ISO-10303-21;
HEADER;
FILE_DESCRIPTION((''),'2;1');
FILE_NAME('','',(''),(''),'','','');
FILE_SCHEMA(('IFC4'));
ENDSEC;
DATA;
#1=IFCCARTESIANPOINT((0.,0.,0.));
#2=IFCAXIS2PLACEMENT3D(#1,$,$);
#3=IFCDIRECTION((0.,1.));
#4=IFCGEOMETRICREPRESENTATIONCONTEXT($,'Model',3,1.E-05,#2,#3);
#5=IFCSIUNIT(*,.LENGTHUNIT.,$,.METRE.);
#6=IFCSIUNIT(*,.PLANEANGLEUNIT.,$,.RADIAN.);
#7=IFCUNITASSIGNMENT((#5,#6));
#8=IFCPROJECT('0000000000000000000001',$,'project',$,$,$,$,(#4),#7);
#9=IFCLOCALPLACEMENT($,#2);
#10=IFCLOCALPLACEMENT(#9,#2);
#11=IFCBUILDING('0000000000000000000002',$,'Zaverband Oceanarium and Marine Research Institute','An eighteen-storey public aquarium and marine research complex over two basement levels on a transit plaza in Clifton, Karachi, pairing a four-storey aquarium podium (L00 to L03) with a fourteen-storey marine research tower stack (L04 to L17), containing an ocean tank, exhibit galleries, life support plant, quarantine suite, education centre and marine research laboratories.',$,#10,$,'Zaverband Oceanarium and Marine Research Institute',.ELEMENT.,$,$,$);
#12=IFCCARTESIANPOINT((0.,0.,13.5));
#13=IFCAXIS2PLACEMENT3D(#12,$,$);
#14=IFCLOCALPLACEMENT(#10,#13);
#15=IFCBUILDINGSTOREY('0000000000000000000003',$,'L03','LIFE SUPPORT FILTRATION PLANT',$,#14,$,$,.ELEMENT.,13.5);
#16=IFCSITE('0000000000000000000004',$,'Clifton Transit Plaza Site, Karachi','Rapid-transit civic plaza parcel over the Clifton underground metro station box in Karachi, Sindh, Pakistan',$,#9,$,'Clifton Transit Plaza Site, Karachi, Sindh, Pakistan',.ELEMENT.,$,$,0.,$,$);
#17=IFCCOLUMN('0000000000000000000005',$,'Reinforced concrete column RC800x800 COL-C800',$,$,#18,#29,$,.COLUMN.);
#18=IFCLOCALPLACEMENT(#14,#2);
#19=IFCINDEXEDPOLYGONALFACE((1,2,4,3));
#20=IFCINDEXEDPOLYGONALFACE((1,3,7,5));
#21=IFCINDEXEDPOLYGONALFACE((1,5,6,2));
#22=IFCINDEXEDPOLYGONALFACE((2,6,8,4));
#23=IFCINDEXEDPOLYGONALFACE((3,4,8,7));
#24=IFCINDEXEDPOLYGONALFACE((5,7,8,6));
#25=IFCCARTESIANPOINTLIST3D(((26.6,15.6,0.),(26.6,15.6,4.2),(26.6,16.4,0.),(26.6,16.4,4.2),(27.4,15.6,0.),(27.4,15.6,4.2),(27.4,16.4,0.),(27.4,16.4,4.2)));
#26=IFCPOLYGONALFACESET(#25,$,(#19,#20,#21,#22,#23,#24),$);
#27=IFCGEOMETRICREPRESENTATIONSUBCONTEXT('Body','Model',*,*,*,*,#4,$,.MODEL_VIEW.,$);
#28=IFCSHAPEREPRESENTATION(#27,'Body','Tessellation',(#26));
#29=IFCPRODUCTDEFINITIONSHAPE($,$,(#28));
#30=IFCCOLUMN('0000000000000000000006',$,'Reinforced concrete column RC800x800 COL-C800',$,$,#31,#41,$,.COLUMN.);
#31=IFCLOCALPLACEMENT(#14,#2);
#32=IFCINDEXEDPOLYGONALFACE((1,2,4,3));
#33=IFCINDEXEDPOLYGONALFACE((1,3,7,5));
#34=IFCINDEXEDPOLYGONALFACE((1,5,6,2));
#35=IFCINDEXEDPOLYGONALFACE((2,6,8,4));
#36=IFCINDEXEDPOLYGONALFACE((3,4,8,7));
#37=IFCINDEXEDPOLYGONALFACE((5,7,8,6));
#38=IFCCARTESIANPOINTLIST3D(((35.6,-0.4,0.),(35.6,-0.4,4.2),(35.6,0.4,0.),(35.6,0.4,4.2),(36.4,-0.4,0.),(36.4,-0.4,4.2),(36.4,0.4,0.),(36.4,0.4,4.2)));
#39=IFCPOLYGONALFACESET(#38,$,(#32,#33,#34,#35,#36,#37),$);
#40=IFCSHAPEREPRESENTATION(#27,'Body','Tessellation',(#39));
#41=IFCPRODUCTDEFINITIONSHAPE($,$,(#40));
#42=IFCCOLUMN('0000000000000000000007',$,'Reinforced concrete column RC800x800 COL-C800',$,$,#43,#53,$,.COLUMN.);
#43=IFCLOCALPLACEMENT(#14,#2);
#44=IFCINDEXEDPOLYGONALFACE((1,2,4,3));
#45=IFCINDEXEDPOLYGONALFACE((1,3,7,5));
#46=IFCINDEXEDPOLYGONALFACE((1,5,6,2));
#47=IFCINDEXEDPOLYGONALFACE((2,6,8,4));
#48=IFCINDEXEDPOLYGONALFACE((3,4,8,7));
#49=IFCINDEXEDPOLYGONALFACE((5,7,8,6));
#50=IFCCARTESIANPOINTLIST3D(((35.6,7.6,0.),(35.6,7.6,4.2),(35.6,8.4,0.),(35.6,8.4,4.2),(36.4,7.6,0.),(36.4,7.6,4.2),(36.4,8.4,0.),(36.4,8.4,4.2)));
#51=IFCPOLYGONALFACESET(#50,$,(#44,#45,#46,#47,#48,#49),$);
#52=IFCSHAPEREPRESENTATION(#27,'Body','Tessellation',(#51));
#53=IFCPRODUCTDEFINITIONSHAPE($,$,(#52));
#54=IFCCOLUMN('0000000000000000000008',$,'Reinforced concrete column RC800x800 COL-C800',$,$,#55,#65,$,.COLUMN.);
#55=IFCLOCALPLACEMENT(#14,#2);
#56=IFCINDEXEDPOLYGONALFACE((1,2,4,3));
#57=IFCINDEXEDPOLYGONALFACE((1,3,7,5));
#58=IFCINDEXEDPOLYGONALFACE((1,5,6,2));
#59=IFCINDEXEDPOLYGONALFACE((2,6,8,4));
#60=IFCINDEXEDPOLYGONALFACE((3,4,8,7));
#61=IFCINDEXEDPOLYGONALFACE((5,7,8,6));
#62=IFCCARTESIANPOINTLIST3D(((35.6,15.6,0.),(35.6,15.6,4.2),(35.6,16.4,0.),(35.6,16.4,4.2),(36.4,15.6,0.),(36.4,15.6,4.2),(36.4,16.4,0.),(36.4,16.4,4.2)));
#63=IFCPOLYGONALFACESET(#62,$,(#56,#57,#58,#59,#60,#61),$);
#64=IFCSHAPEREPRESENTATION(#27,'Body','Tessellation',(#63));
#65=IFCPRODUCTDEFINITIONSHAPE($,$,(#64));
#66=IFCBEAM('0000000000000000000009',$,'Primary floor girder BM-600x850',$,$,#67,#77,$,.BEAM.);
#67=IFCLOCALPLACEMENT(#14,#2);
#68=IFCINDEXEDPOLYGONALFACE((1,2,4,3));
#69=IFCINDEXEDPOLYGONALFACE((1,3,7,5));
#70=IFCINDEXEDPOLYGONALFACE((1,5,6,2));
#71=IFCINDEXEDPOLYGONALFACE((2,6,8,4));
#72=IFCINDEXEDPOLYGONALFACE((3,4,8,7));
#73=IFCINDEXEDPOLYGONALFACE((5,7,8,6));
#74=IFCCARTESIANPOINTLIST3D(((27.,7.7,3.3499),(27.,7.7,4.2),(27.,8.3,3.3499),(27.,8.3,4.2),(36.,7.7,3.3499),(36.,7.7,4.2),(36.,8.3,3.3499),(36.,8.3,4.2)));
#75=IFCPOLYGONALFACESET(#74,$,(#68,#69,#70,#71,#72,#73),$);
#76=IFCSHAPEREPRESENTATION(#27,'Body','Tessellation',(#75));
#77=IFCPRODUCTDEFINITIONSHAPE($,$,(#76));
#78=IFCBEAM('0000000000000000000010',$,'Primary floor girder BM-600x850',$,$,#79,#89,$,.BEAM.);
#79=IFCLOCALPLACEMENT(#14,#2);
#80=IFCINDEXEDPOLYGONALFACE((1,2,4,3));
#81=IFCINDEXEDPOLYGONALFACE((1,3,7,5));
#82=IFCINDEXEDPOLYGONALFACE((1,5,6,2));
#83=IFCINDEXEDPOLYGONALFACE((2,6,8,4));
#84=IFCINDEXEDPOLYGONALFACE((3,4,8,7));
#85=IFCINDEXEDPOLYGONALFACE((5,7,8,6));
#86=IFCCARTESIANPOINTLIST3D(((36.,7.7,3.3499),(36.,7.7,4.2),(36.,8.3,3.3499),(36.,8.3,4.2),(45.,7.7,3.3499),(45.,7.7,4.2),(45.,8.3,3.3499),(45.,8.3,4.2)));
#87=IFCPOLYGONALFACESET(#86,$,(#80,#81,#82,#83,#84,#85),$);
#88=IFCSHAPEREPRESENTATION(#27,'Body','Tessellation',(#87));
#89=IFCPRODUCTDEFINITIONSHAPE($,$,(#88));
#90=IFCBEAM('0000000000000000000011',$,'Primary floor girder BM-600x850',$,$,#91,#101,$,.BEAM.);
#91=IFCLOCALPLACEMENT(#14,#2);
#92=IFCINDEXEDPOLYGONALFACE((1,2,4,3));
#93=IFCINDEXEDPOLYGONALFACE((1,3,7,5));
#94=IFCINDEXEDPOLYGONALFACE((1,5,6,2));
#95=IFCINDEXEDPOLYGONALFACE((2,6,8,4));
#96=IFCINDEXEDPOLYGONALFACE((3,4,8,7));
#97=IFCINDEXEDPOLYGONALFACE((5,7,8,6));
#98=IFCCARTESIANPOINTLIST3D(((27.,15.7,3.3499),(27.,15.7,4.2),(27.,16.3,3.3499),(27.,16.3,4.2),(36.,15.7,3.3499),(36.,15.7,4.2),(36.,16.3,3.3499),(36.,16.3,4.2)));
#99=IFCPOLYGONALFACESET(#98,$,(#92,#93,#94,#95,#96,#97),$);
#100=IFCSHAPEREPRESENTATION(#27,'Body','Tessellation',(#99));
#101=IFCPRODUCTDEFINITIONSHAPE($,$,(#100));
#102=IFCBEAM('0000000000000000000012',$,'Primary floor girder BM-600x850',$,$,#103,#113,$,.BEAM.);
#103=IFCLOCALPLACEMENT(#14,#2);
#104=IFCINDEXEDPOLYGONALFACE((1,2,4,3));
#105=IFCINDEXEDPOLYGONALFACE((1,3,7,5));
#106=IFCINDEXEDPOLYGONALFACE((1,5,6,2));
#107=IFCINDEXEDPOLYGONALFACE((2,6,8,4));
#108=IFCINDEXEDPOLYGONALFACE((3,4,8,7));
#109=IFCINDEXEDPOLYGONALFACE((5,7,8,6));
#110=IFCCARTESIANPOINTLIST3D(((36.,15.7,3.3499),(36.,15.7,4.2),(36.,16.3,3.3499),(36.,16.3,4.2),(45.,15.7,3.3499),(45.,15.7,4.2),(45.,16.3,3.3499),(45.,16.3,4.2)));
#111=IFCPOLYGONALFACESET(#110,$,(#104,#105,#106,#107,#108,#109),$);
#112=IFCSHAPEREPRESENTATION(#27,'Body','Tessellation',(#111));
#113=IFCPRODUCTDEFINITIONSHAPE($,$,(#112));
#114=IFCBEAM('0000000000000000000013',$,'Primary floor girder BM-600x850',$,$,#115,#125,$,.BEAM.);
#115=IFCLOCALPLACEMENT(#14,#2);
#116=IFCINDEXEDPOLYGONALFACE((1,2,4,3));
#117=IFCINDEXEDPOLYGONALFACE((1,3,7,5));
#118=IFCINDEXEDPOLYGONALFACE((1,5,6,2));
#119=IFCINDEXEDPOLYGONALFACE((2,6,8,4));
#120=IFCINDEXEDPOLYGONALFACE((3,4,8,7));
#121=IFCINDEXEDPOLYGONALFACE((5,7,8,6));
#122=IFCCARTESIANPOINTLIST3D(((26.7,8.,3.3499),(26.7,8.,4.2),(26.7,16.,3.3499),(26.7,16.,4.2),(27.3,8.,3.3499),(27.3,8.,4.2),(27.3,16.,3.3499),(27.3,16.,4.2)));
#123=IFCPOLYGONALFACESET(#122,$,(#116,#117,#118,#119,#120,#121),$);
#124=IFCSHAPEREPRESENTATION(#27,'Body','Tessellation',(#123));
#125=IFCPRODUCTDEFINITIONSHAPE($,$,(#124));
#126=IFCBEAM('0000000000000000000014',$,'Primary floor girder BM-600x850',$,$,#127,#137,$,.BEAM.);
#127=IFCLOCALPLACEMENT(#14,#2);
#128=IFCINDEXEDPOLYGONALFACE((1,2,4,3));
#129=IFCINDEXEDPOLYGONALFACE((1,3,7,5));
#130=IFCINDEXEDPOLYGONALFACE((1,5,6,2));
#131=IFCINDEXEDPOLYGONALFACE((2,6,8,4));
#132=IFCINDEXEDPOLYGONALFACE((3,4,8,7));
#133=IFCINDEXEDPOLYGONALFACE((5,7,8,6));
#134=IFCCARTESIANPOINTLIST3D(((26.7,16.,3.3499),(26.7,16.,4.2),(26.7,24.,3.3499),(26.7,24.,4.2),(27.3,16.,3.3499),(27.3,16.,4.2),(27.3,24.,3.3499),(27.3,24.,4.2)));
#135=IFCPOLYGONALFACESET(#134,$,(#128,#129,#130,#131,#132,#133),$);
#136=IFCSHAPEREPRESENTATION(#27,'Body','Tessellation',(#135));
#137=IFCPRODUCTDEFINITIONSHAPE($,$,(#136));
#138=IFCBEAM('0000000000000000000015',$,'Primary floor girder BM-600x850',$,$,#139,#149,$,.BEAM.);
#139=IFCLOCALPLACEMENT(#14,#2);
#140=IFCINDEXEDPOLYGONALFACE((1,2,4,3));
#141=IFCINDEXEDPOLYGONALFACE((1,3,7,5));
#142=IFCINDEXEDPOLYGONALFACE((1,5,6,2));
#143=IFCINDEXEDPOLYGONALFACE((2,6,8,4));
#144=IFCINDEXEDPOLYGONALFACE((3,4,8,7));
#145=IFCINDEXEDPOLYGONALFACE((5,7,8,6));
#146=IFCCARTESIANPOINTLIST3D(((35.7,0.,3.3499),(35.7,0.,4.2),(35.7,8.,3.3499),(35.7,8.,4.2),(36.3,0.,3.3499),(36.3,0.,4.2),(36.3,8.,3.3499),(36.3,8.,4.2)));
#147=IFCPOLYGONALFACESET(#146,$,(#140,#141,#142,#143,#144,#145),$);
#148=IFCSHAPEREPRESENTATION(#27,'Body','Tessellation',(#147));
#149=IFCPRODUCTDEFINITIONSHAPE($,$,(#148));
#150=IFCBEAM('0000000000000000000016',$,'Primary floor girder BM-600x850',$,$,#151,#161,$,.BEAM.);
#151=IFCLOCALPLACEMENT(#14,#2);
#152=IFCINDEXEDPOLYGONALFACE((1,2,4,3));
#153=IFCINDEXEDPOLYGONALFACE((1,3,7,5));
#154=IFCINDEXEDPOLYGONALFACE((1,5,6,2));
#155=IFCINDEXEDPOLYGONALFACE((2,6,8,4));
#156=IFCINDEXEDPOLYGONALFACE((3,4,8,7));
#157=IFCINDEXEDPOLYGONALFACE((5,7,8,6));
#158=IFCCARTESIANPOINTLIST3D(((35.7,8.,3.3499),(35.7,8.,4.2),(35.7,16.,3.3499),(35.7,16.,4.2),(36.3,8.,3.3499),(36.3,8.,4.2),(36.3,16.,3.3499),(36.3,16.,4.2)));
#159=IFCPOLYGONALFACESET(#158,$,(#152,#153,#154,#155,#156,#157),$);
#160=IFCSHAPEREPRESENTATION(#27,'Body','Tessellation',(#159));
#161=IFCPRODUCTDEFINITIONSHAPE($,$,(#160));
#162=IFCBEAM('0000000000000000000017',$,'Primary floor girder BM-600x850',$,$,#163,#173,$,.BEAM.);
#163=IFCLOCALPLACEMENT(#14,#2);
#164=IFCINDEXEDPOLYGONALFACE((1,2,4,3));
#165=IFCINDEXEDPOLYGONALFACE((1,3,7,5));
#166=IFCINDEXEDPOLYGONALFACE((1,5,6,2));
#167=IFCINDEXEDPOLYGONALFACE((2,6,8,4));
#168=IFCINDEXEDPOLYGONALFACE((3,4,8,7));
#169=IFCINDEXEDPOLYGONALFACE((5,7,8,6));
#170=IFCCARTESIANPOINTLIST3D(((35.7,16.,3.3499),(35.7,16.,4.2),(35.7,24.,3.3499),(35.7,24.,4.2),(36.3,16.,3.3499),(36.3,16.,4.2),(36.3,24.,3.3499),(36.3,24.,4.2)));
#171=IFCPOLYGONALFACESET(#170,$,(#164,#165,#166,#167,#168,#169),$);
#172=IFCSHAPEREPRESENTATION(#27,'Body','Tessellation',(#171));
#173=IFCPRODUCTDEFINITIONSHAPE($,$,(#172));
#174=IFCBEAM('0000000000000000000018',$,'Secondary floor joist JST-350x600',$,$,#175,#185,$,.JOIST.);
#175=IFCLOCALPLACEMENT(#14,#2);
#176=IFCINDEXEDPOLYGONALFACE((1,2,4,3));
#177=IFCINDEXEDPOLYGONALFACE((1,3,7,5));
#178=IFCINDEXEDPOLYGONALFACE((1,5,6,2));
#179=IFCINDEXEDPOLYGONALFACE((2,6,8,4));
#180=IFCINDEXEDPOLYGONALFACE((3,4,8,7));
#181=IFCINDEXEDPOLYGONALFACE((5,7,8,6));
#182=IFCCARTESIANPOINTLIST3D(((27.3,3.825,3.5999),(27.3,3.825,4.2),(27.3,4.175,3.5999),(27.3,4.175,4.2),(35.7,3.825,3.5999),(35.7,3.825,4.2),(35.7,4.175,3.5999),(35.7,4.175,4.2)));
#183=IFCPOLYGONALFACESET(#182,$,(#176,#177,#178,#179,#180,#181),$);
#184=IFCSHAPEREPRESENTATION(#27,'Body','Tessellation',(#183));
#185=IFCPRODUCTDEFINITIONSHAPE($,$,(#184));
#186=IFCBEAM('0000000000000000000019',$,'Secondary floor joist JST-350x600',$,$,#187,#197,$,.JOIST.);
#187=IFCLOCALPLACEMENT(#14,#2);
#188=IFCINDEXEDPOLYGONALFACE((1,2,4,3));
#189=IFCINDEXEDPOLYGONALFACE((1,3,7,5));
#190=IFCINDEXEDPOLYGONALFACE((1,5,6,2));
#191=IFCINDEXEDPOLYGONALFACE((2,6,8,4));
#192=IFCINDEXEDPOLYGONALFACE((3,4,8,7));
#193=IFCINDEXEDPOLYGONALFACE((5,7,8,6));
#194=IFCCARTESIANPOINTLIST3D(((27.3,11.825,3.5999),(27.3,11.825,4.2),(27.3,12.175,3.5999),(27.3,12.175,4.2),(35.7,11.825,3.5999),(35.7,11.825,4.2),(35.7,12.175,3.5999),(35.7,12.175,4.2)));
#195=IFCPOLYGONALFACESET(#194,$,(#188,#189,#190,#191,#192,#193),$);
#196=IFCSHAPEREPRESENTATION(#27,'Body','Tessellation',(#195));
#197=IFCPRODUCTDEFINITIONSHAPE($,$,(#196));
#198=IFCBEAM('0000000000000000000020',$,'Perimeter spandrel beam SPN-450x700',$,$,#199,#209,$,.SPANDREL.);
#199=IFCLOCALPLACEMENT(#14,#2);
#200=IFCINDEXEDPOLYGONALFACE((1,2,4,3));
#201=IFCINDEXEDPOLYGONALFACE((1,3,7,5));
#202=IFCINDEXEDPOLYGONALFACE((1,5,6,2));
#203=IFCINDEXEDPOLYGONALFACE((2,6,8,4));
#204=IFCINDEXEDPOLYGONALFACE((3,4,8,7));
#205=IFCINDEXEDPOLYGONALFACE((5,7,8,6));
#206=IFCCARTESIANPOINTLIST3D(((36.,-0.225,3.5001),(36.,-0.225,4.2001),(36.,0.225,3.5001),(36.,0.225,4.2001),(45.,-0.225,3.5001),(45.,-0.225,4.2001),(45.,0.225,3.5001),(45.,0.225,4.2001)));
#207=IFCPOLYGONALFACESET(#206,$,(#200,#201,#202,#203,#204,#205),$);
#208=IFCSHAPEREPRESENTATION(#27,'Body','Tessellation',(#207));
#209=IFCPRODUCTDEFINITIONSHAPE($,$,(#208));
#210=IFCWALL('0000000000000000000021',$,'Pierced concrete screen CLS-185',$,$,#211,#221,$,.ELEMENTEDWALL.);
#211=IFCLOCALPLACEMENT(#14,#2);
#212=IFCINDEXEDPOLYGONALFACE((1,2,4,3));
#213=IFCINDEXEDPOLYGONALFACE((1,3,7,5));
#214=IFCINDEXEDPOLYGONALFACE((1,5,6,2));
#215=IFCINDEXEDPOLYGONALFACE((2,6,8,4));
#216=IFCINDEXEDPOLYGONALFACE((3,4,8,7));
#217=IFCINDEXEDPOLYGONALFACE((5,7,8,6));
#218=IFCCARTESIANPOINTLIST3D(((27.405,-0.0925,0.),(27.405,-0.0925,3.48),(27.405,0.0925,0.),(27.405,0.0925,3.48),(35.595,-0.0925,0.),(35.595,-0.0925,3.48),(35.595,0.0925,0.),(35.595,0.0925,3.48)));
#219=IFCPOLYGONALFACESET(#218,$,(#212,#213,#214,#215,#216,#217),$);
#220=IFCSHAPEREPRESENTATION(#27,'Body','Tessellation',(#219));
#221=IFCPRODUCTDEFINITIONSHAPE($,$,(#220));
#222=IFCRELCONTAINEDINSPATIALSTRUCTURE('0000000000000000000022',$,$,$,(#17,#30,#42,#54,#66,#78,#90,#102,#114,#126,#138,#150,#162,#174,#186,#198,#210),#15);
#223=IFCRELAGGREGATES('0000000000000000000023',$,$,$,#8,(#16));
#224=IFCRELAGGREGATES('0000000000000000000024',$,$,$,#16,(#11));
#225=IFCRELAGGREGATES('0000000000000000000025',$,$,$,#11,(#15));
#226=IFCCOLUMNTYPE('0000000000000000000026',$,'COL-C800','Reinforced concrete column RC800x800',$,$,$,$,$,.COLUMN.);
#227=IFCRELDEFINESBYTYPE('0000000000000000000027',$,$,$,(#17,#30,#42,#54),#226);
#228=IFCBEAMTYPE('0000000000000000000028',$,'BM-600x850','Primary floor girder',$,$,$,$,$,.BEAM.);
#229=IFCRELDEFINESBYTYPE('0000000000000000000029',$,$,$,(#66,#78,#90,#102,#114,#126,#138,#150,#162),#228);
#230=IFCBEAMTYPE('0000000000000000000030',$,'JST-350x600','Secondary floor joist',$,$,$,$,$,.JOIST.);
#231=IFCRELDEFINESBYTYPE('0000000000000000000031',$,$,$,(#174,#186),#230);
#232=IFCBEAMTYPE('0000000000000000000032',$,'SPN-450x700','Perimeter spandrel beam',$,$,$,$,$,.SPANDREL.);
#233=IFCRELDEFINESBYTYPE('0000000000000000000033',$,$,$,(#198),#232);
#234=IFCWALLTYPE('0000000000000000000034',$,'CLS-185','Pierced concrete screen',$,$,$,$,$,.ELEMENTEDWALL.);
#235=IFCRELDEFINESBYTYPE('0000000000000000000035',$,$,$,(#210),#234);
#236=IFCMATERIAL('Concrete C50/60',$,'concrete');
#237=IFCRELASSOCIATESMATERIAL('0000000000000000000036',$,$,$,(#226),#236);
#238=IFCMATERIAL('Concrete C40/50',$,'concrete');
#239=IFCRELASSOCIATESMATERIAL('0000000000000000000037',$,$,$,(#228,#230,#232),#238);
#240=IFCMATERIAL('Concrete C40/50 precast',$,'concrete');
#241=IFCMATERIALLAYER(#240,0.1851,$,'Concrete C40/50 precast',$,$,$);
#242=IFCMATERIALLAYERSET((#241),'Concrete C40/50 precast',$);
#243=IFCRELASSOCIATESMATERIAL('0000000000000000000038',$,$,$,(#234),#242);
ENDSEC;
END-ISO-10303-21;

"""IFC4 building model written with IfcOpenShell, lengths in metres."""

from ifc_helpers import new_model, si_unit, direction, frame, frame_2d, origin, origin_2d, place, context, subcontext, project, spatial, rectangle, extrude, material, layer, layer_set, material_profile, profile_set, type_object, element, save


model = new_model("IFC4")

# Units and contexts
model_context = context("Model", 3, precision=1e-05, world=origin(), true_north=direction((0.0, 1.0)))
body_context = subcontext(model_context, "Body", "Model", "MODEL_VIEW")
ifc_project = project(units=[si_unit("LENGTHUNIT", "METRE"), si_unit("PLANEANGLEUNIT", "RADIAN")], contexts=[model_context])

# Site, building, storey
site_placement = place(None, origin())
site = spatial("IfcSite", under=ifc_project, at=site_placement, Name="Clifton Transit Plaza Site, Karachi", Description="Rapid-transit civic plaza parcel over the Clifton underground metro station box in Karachi, Sindh, Pakistan", LongName="Clifton Transit Plaza Site, Karachi, Sindh, Pakistan", CompositionType="ELEMENT", RefElevation=0.0)
building_placement = place(site_placement, origin())
building = spatial("IfcBuilding", under=site, at=building_placement, Name="Zaverband Oceanarium and Marine Research Institute", Description="An eighteen-storey public aquarium and marine research complex over two basement levels on a transit plaza in Clifton, Karachi, pairing a four-storey aquarium podium (L00 to L03) with a fourteen-storey marine research tower stack (L04 to L17), containing an ocean tank, exhibit galleries, life support plant, quarantine suite, education centre and marine research laboratories.", LongName="Zaverband Oceanarium and Marine Research Institute", CompositionType="ELEMENT")
storey_placement = place(building_placement, frame((0.0, 0.0, 13.5)))
storey = spatial("IfcBuildingStorey", under=building, at=storey_placement, Name="L03", Description="LIFE SUPPORT FILTRATION PLANT", CompositionType="ELEMENT", Elevation=13.5)

# Columns
ifc_material_1 = material(Name="Concrete C50/60", Category="concrete")
ifc_material_profile_1 = material_profile(ifc_material_1, rectangle(XDim=0.8, YDim=0.8, at=origin_2d()), Name="RC800x800")
ifc_profile_set_1 = profile_set([ifc_material_profile_1], Name="Concrete C50/60")
column_type = type_object("IfcColumnType", Name="COL-C800", Description="Reinforced concrete column RC800x800", PredefinedType="COLUMN", material=ifc_profile_set_1)
for number, where, z_axis, x_axis, name in (
    (1, (27.0, 16.0, 0.0), (0.0, 0.0, 1.0), (1.0, 0.0, 0.0), "Reinforced concrete column RC800x800 COL-C800"),
    (2, (36.0, 0.0, 0.0), (0.0, 0.0, 1.0), (1.0, 0.0, 0.0), "Reinforced concrete column RC800x800 COL-C800"),
    (3, (36.0, 8.0, 0.0), (0.0, 0.0, 1.0), (1.0, 0.0, 0.0), "Reinforced concrete column RC800x800 COL-C800"),
    (4, (36.0, 16.0, 0.0), (0.0, 0.0, 1.0), (1.0, 0.0, 0.0), "Reinforced concrete column RC800x800 COL-C800"),
):
    element("IfcColumn", number, at=place(storey_placement, frame(where, z_axis=z_axis, x_axis=x_axis)), inside=storey, type_object=column_type, Name=name, PredefinedType="COLUMN", context=body_context, shape_type="SweptSolid", body=[
        extrude(rectangle(XDim=0.8, YDim=0.8, at=origin_2d()), origin(), (0.0, 0.0, 1.0), 4.2),
    ])

# Beams
ifc_material_2 = material(Name="Concrete C40/50", Category="concrete")
ifc_material_profile_2 = material_profile(ifc_material_2, rectangle(XDim=0.6001, YDim=0.8501, at=origin_2d()), Name="RC600x850")
ifc_profile_set_2 = profile_set([ifc_material_profile_2], Name="Concrete C40/50")
beam_type_1 = type_object("IfcBeamType", Name="BM-600x850", Description="Primary floor girder", PredefinedType="BEAM", material=ifc_profile_set_2)
for number, where, z_axis, x_axis, name in (
    (5, (27.0, 8.0, 3.7749), (1.0, 0.0, 0.0), (0.0, 1.0, 0.0), "Primary floor girder BM-600x850"),
    (6, (36.0, 8.0, 3.7749), (1.0, 0.0, 0.0), (0.0, 1.0, 0.0), "Primary floor girder BM-600x850"),
    (7, (27.0, 16.0, 3.7749), (1.0, 0.0, 0.0), (0.0, 1.0, 0.0), "Primary floor girder BM-600x850"),
    (8, (36.0, 16.0, 3.7749), (1.0, 0.0, 0.0), (0.0, 1.0, 0.0), "Primary floor girder BM-600x850"),
):
    element("IfcBeam", number, at=place(storey_placement, frame(where, z_axis=z_axis, x_axis=x_axis)), inside=storey, type_object=beam_type_1, Name=name, PredefinedType="BEAM", context=body_context, shape_type="SweptSolid", body=[
        extrude(rectangle(XDim=0.6001, YDim=0.8501, at=origin_2d()), origin(), (0.0, 0.0, 1.0), 9.0),
    ])
for number, where, z_axis, x_axis, name in (
    (9, (27.0, 8.0, 3.7749), (0.0, 1.0, 0.0), (-1.0, 0.0, 0.0), "Primary floor girder BM-600x850"),
    (10, (27.0, 16.0, 3.7749), (0.0, 1.0, 0.0), (-1.0, 0.0, 0.0), "Primary floor girder BM-600x850"),
    (11, (36.0, 0.0, 3.7749), (0.0, 1.0, 0.0), (-1.0, 0.0, 0.0), "Primary floor girder BM-600x850"),
    (12, (36.0, 8.0, 3.7749), (0.0, 1.0, 0.0), (-1.0, 0.0, 0.0), "Primary floor girder BM-600x850"),
    (13, (36.0, 16.0, 3.7749), (0.0, 1.0, 0.0), (-1.0, 0.0, 0.0), "Primary floor girder BM-600x850"),
):
    element("IfcBeam", number, at=place(storey_placement, frame(where, z_axis=z_axis, x_axis=x_axis)), inside=storey, type_object=beam_type_1, Name=name, PredefinedType="BEAM", context=body_context, shape_type="SweptSolid", body=[
        extrude(rectangle(XDim=0.6001, YDim=0.8501, at=origin_2d()), origin(), (0.0, 0.0, 1.0), 8.0),
    ])
ifc_material_profile_3 = material_profile(ifc_material_2, rectangle(XDim=0.3501, YDim=0.6001, at=origin_2d()), Name="RC350x600")
ifc_profile_set_3 = profile_set([ifc_material_profile_3], Name="Concrete C40/50")
beam_type_2 = type_object("IfcBeamType", Name="JST-350x600", Description="Secondary floor joist", PredefinedType="JOIST", material=ifc_profile_set_3)
for number, where, z_axis, x_axis, name in (
    (14, (27.3, 4.0, 3.8999), (1.0, 0.0, 0.0), (0.0, 1.0, 0.0), "Secondary floor joist JST-350x600"),
    (15, (27.3, 12.0, 3.8999), (1.0, 0.0, 0.0), (0.0, 1.0, 0.0), "Secondary floor joist JST-350x600"),
):
    element("IfcBeam", number, at=place(storey_placement, frame(where, z_axis=z_axis, x_axis=x_axis)), inside=storey, type_object=beam_type_2, Name=name, PredefinedType="JOIST", context=body_context, shape_type="SweptSolid", body=[
        extrude(rectangle(XDim=0.3501, YDim=0.6001, at=origin_2d()), origin(), (0.0, 0.0, 1.0), 8.3999),
    ])
ifc_material_profile_4 = material_profile(ifc_material_2, rectangle(XDim=0.45, YDim=0.7, at=origin_2d()), Name="RC450x700")
ifc_profile_set_4 = profile_set([ifc_material_profile_4], Name="Concrete C40/50")
beam_type_3 = type_object("IfcBeamType", Name="SPN-450x700", Description="Perimeter spandrel beam", PredefinedType="SPANDREL", material=ifc_profile_set_4)
beam_placement = place(storey_placement, frame((36.0, 0.0, 3.8501), z_axis=(1.0, 0.0, 0.0), x_axis=(0.0, 1.0, 0.0)))
element("IfcBeam", 16, at=beam_placement, inside=storey, type_object=beam_type_3, Name="Perimeter spandrel beam SPN-450x700", PredefinedType="SPANDREL", context=body_context, shape_type="SweptSolid", body=[
    extrude(rectangle(XDim=0.45, YDim=0.7, at=origin_2d()), origin(), (0.0, 0.0, 1.0), 9.0),
])

# Wall
ifc_material_3 = material(Name="Concrete C40/50 precast", Category="concrete")
ifc_layer_1 = layer(ifc_material_3, 0.1851, Name="Concrete C40/50 precast")
ifc_layer_set_1 = layer_set([ifc_layer_1], Name="Concrete C40/50 precast")
wall_type_1 = type_object("IfcWallType", Name="CLS-185", Description="Pierced concrete screen", PredefinedType="ELEMENTEDWALL", material=ifc_layer_set_1)
wall_1_placement = place(storey_placement, frame((27.405, 0.0, 0.0), z_axis=(0.0, 0.0, 1.0), x_axis=(1.0, 0.0, 0.0)))
element("IfcWall", 17, at=wall_1_placement, inside=storey, type_object=wall_type_1, Name="Pierced concrete screen CLS-185", PredefinedType="ELEMENTEDWALL", context=body_context, shape_type="SweptSolid", body=[
    extrude(rectangle(XDim=8.1899, YDim=0.1851, at=frame_2d((4.095, 0.0))), origin(), (0.0, 0.0, 1.0), 3.48),
])

save(model, "model.ifc")
